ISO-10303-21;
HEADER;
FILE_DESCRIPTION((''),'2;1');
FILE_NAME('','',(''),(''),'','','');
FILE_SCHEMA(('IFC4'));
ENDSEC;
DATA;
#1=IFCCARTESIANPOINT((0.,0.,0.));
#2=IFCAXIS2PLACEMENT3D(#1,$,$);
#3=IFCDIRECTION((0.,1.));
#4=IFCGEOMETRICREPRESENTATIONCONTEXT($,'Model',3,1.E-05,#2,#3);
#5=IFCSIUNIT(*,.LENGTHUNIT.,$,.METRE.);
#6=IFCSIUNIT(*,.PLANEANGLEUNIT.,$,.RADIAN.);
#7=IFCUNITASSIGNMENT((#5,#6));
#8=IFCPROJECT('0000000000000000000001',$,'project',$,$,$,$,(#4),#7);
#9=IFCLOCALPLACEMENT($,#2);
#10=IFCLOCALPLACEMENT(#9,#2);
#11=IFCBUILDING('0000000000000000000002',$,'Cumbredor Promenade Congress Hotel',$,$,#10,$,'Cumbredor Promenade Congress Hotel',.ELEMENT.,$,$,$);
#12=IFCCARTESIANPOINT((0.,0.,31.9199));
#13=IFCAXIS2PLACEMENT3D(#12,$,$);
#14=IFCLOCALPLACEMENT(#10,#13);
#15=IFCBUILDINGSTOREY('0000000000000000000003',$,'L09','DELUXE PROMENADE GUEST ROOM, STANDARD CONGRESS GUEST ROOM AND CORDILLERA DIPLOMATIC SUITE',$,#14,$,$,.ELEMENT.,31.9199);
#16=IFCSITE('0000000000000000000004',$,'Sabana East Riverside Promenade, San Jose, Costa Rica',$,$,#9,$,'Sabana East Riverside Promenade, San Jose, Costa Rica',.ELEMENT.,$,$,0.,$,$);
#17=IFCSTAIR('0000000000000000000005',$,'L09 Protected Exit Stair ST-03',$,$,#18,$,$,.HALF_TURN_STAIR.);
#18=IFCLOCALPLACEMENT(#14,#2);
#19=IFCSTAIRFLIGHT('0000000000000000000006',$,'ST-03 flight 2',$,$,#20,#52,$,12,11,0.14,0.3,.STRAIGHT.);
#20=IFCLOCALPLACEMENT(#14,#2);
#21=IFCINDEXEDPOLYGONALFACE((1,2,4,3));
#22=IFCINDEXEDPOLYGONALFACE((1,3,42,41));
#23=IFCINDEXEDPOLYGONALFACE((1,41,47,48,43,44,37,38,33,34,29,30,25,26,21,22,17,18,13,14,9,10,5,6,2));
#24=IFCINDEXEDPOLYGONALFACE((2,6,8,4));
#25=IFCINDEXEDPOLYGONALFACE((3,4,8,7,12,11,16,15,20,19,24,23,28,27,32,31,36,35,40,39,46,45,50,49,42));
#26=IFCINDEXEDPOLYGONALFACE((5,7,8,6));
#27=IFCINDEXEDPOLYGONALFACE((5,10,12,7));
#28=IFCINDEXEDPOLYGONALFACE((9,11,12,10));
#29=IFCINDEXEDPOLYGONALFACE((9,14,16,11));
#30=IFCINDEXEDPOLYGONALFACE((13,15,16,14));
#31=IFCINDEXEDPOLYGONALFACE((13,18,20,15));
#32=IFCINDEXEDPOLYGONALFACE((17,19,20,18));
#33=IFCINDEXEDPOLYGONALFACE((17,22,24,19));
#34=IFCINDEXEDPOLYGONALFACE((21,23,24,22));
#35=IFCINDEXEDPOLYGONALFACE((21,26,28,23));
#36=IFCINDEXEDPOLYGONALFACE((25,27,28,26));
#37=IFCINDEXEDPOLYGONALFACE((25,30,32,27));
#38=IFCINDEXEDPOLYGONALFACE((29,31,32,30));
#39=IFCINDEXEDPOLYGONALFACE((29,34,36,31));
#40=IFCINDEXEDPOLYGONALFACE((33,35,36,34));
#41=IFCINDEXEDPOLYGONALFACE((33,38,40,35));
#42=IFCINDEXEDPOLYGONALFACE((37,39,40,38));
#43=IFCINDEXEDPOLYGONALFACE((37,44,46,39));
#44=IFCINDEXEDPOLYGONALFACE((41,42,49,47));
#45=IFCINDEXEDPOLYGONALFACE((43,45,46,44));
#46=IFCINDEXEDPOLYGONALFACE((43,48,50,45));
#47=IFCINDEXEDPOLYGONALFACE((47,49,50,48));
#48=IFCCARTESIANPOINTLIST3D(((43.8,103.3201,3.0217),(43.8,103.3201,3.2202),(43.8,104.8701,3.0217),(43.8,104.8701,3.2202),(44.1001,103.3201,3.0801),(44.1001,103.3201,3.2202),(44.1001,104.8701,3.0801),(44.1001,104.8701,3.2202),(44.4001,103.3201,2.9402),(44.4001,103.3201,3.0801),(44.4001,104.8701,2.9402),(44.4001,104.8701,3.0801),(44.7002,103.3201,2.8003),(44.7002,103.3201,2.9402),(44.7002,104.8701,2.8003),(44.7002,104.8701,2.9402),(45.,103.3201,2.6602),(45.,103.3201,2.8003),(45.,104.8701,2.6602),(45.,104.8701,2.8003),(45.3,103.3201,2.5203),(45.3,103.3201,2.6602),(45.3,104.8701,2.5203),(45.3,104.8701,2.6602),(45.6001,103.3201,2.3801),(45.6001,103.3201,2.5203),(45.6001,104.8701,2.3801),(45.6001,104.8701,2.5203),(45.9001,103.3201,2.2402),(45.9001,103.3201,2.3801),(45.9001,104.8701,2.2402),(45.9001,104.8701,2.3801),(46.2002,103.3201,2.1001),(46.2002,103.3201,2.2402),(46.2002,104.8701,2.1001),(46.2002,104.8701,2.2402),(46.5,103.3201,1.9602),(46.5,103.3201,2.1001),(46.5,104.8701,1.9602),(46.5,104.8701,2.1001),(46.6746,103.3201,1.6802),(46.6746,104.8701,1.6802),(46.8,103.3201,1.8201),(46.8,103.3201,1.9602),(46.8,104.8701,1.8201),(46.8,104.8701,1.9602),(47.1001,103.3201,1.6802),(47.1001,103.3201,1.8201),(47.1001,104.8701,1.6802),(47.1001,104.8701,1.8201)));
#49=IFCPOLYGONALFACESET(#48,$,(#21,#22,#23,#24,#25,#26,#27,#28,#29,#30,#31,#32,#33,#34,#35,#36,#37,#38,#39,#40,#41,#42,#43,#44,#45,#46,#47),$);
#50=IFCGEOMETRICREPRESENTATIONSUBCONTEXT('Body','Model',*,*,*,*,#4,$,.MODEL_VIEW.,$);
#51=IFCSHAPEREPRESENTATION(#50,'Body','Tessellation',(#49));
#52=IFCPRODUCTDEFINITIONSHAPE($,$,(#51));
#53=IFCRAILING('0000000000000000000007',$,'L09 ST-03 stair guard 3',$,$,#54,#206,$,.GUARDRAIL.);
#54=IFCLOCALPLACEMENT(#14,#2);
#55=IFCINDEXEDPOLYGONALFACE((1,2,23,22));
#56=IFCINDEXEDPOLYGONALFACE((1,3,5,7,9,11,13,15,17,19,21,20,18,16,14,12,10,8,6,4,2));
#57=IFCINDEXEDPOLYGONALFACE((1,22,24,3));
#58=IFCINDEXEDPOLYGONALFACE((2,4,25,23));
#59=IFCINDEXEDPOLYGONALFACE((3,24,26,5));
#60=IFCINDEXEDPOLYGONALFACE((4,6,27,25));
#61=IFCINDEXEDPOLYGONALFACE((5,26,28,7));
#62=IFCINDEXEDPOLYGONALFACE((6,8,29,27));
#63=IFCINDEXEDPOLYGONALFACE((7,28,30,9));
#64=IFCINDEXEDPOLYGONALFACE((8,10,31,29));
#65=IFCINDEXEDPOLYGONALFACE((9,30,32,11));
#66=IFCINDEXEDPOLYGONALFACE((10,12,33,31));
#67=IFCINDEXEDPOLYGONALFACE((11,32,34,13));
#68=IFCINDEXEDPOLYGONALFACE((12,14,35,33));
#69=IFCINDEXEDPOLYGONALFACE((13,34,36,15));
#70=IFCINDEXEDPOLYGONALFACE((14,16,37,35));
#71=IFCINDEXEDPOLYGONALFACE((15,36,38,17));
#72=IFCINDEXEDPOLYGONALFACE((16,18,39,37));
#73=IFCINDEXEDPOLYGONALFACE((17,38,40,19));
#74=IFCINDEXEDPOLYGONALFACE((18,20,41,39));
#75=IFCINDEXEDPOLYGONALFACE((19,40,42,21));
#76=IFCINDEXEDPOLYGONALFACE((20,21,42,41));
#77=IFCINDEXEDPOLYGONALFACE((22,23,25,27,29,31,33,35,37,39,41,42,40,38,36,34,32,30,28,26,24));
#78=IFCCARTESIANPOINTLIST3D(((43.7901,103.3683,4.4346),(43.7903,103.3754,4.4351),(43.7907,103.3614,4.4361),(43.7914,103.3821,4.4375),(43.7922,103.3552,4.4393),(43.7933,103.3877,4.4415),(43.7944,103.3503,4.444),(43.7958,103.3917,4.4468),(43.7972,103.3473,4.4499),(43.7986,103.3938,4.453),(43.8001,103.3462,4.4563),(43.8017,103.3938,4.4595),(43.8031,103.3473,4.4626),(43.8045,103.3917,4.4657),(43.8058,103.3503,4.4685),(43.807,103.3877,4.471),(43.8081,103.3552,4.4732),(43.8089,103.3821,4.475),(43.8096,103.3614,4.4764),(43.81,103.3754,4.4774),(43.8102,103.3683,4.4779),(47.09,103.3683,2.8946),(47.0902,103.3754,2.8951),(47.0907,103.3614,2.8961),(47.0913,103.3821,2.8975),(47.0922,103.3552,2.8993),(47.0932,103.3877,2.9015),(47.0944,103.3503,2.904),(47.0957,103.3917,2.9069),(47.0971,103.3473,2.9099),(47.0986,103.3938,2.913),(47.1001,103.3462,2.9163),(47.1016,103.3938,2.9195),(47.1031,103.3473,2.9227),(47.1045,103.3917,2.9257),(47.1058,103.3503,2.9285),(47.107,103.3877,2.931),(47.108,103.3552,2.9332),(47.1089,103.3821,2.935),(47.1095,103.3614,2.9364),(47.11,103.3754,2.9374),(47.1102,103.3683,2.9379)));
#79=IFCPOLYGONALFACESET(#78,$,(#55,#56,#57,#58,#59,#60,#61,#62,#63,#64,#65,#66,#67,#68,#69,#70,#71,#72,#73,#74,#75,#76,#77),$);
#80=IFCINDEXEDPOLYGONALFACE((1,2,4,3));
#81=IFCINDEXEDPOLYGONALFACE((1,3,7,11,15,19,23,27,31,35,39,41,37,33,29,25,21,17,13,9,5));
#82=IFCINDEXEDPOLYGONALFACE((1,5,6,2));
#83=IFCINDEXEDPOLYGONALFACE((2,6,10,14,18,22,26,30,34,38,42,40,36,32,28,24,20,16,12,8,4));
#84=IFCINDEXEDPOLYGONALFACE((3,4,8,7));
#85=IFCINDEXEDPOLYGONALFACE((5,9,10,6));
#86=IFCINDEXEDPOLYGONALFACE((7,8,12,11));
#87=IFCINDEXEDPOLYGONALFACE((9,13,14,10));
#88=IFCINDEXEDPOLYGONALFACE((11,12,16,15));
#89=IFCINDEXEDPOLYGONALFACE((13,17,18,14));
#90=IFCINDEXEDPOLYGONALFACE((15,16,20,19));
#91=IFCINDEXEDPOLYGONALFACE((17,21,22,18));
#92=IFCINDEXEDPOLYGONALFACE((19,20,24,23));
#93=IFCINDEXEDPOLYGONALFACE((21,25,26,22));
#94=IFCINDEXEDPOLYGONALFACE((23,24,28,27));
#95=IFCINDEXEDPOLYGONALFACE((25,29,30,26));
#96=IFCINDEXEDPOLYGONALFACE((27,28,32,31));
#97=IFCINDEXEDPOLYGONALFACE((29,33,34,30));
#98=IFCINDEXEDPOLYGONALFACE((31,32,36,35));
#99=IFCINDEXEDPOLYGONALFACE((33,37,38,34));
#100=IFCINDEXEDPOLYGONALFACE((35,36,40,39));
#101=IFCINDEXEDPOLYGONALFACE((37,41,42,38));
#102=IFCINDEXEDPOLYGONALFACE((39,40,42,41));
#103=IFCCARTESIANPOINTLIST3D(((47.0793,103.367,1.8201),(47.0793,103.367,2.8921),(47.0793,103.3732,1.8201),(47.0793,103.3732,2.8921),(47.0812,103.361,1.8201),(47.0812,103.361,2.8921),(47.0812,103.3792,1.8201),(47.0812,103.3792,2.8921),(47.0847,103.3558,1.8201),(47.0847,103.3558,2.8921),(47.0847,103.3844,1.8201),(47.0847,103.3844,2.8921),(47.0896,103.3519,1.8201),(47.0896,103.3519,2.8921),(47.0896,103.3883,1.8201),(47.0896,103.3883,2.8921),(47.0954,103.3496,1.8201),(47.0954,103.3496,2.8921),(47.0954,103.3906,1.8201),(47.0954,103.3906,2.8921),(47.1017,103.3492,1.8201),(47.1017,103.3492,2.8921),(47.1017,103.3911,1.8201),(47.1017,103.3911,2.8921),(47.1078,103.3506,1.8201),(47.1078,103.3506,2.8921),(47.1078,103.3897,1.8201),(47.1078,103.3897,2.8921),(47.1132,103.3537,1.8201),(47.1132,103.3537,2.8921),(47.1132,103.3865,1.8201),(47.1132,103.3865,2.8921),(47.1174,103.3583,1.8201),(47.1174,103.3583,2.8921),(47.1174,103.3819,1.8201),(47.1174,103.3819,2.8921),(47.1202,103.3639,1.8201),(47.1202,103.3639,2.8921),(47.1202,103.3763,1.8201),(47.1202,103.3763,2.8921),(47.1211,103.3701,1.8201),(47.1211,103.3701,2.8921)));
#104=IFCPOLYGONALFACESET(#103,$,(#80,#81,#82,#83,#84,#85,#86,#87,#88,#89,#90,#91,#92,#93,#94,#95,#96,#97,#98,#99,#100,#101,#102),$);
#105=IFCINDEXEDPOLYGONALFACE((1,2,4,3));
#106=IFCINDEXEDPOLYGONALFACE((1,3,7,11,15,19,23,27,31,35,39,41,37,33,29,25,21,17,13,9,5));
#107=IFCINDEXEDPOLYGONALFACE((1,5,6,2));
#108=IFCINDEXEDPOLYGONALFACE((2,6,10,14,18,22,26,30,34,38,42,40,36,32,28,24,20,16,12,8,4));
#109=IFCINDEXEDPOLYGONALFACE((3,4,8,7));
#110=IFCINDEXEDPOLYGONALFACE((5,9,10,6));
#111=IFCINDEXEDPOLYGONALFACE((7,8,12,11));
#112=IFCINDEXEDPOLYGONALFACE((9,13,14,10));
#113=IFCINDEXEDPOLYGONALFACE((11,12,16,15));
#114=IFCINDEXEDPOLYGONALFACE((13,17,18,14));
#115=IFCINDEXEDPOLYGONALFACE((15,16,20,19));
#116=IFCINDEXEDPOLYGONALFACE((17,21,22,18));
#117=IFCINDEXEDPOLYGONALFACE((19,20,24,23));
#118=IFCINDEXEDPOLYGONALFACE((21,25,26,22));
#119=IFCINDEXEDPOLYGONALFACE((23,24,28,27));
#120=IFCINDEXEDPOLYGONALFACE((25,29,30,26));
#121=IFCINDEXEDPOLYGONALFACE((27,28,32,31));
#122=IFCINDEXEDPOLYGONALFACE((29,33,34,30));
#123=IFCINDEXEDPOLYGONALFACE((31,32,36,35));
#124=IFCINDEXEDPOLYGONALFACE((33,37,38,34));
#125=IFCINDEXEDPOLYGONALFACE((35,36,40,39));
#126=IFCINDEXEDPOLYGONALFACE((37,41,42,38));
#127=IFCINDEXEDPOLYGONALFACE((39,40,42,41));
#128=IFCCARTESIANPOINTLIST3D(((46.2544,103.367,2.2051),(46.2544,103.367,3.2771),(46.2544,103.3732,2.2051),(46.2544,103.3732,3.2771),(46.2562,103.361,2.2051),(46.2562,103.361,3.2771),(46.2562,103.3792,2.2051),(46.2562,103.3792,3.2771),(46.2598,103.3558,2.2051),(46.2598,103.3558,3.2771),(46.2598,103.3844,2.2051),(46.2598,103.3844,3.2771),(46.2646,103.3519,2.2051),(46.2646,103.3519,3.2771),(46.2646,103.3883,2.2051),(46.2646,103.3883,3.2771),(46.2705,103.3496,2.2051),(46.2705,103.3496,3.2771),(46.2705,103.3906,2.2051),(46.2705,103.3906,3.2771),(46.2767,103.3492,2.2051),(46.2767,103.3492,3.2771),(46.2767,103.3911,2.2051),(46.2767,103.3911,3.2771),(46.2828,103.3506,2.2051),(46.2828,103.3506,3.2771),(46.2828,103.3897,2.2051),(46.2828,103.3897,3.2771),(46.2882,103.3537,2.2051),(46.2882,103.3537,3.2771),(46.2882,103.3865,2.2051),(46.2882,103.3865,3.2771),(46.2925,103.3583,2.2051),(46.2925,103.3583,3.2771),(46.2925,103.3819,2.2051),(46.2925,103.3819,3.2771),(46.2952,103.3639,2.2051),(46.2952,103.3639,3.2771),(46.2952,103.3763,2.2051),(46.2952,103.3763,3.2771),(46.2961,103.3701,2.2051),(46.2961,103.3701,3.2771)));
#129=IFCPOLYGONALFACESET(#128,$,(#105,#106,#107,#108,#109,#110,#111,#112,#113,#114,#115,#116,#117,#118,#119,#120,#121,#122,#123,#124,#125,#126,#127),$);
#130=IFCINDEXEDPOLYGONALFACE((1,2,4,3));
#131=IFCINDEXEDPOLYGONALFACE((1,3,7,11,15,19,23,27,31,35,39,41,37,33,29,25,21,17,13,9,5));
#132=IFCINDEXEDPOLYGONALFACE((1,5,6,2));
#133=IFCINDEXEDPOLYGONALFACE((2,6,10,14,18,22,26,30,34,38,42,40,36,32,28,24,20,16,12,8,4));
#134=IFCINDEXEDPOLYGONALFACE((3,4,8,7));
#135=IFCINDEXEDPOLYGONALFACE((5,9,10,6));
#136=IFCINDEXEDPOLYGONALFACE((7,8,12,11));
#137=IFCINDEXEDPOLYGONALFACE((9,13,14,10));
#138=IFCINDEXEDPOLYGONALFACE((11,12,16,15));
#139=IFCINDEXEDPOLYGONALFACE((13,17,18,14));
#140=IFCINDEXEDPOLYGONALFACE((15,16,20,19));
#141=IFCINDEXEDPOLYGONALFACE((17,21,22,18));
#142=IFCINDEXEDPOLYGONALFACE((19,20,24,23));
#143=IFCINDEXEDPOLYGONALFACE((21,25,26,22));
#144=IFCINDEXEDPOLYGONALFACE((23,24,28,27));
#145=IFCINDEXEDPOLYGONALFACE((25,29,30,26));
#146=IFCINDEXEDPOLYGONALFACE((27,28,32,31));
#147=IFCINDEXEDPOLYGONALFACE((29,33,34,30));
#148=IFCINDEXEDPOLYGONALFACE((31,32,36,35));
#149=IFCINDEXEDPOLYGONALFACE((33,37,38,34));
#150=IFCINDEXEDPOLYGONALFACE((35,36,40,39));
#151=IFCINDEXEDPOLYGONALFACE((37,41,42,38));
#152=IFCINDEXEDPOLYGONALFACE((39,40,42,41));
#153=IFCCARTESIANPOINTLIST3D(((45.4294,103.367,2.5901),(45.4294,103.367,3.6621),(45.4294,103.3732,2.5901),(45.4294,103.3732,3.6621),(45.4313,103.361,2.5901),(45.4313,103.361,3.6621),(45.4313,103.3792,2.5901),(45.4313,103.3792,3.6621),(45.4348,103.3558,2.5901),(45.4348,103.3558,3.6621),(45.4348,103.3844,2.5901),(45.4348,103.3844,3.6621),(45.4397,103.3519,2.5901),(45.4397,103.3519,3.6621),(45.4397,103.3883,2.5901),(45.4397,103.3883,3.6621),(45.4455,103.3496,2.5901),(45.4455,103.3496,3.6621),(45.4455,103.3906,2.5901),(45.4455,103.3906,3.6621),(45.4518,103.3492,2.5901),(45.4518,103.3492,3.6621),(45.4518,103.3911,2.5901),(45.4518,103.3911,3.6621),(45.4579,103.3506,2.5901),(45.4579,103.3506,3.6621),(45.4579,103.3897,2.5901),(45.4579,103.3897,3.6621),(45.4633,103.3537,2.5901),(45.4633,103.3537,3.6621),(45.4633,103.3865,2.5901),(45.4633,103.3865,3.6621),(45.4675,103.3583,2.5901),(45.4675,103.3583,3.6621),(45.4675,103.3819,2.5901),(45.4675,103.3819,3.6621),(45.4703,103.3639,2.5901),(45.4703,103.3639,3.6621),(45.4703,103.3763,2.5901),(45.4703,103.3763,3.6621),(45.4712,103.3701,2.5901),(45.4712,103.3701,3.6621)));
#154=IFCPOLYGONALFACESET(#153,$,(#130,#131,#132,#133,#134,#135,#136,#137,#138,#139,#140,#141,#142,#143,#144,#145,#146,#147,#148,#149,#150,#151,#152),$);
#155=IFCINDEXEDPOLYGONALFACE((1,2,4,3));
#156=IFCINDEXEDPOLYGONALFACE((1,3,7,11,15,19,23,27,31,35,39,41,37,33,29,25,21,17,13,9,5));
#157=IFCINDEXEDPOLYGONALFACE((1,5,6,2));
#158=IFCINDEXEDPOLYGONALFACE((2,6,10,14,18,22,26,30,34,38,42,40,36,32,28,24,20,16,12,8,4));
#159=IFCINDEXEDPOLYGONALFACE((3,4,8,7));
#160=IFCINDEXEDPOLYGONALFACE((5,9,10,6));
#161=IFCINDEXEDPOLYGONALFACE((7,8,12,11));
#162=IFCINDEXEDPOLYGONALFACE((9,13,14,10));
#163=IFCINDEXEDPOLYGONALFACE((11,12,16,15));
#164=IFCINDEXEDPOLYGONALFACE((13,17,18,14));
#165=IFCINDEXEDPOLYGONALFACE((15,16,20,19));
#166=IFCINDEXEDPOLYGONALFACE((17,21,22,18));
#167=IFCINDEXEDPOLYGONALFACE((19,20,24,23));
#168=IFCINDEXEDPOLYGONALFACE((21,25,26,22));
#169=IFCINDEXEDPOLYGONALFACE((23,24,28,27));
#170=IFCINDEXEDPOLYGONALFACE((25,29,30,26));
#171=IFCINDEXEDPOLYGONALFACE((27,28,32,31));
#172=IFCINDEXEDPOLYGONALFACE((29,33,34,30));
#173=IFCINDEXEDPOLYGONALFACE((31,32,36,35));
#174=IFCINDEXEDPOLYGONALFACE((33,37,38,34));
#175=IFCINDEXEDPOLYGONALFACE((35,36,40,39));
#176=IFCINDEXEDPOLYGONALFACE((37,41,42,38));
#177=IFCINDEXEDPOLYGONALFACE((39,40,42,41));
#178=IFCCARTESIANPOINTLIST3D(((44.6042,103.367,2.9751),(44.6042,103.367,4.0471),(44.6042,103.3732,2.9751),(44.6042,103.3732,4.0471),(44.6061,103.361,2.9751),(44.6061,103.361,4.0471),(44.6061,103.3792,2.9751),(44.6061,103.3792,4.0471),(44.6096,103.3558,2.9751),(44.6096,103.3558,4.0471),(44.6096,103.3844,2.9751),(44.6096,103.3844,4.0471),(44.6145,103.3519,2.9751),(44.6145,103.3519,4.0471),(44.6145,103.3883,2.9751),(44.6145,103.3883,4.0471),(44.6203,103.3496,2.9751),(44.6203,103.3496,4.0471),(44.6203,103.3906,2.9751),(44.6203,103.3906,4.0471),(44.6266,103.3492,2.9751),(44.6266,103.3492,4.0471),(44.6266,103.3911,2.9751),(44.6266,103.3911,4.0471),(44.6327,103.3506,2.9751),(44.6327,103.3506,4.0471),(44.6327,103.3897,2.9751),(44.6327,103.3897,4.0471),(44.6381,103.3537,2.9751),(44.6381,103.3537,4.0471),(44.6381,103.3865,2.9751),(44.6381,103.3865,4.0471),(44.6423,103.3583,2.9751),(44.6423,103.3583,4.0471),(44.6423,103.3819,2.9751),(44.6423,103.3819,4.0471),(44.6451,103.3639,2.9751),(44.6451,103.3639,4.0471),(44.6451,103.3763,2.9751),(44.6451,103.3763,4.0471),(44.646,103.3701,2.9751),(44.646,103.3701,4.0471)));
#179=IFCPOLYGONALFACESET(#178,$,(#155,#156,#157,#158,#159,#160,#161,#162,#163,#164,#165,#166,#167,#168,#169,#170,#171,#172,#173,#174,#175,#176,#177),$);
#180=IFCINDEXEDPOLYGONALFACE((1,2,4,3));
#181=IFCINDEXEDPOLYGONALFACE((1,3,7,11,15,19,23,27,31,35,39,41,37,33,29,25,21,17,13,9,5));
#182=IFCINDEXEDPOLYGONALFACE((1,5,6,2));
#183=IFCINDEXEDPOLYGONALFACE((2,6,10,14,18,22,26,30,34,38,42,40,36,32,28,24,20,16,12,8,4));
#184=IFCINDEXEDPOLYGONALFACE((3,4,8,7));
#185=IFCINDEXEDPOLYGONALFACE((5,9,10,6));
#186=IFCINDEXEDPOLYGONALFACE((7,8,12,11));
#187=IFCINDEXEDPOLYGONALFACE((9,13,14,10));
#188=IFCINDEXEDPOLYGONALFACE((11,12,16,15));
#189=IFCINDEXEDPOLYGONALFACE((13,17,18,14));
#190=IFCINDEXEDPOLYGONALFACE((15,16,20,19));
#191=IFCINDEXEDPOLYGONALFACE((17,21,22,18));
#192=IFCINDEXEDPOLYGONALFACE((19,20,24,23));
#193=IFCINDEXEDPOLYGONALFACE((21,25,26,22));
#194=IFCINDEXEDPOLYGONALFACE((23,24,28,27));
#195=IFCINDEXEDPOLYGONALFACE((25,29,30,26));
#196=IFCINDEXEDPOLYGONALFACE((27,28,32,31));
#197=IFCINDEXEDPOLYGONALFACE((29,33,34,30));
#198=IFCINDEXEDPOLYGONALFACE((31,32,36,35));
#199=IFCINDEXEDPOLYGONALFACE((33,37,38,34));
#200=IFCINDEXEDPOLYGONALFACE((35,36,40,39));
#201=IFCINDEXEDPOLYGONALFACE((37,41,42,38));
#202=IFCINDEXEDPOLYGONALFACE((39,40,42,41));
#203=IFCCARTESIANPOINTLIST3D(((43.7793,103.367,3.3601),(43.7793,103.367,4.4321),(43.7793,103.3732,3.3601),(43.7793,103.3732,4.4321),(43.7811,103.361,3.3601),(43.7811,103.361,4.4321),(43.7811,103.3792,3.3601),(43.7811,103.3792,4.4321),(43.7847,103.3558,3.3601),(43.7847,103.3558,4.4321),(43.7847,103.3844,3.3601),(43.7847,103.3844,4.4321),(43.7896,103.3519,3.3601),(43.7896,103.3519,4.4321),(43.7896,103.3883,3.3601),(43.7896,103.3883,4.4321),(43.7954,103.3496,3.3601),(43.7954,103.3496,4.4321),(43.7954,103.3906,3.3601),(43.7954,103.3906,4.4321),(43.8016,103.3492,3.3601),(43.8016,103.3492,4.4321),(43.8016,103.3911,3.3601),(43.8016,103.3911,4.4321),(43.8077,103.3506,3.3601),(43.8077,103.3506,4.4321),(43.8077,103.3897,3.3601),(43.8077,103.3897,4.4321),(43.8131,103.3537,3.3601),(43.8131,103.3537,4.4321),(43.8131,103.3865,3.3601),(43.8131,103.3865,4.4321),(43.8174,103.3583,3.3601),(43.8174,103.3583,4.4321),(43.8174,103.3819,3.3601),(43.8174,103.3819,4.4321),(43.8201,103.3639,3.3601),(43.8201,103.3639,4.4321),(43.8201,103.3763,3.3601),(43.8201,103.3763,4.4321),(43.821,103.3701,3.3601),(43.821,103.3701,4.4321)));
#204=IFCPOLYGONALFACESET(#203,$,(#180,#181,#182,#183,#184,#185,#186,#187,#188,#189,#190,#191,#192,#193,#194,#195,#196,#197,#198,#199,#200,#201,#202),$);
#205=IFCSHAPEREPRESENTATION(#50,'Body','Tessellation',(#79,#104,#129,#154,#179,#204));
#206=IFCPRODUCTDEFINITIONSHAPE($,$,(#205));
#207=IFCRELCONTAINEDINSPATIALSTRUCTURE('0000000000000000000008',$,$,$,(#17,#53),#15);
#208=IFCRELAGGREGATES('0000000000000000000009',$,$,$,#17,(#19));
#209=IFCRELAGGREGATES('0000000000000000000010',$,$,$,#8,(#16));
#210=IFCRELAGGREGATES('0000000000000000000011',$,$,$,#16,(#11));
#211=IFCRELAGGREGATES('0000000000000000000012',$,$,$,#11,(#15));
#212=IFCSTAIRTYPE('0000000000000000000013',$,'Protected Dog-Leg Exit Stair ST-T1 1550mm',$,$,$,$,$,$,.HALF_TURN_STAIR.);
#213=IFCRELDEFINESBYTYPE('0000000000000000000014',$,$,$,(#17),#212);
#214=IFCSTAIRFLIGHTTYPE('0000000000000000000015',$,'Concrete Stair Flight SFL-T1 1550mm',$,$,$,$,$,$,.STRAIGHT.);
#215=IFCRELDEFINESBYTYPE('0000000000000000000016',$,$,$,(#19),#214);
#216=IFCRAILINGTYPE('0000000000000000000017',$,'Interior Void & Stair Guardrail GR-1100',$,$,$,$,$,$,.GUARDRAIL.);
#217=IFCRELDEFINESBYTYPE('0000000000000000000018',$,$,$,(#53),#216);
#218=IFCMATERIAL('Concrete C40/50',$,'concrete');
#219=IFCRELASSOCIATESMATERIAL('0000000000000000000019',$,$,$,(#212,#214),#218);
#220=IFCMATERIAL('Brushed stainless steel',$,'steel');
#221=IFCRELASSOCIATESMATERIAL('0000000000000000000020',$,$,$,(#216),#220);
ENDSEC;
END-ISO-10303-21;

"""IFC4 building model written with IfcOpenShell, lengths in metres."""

from ifc_helpers import new_model, si_unit, direction, frame, origin, origin_2d, place, context, subcontext, project, spatial, polyline, circle, outline, extrude, material, type_object, element, aggregate, save


model = new_model("IFC4")

# Units and contexts
model_context = context("Model", 3, precision=1e-05, world=origin(), true_north=direction((0.0, 1.0)))
body_context = subcontext(model_context, "Body", "Model", "MODEL_VIEW")
ifc_project = project(units=[si_unit("LENGTHUNIT", "METRE"), si_unit("PLANEANGLEUNIT", "RADIAN")], contexts=[model_context])

# Site, building, storey
site_placement = place(None, origin())
site = spatial("IfcSite", under=ifc_project, at=site_placement, Name="Sabana East Riverside Promenade, San Jose, Costa Rica", LongName="Sabana East Riverside Promenade, San Jose, Costa Rica", CompositionType="ELEMENT", RefElevation=0.0)
building_placement = place(site_placement, origin())
building = spatial("IfcBuilding", under=site, at=building_placement, Name="Cumbredor Promenade Congress Hotel", LongName="Cumbredor Promenade Congress Hotel", CompositionType="ELEMENT")
storey_placement = place(building_placement, frame((0.0, 0.0, 31.9199)))
storey = spatial("IfcBuildingStorey", under=building, at=storey_placement, Name="L09", Description="DELUXE PROMENADE GUEST ROOM, STANDARD CONGRESS GUEST ROOM AND CORDILLERA DIPLOMATIC SUITE", CompositionType="ELEMENT", Elevation=31.9199)

# Shared definitions
ifc_material_1 = material(Name="Concrete C40/50", Category="concrete")
ifc_material_2 = material(Name="Brushed stainless steel", Category="steel")

# Stair, stair flight
stair_type = type_object("IfcStairType", Name="Protected Dog-Leg Exit Stair ST-T1 1550mm", PredefinedType="HALF_TURN_STAIR", material=ifc_material_1)
stair_placement = place(storey_placement, origin())
stair = element("IfcStair", 1, at=stair_placement, inside=storey, type_object=stair_type, Name="L09 Protected Exit Stair ST-03", PredefinedType="HALF_TURN_STAIR")
stair_flight_type = type_object("IfcStairFlightType", Name="Concrete Stair Flight SFL-T1 1550mm", PredefinedType="STRAIGHT", material=ifc_material_1)
stair_flight_placement = place(storey_placement, frame((47.1001, 104.095, 1.6802), z_axis=(0.0, 0.0, 1.0), x_axis=(-1.0, 0.0, 0.0)))
stair_flight = element("IfcStairFlight", 2, at=stair_flight_placement, type_object=stair_flight_type, Name="ST-03 flight 2", NumberOfRisers=12, NumberOfTreads=11, PredefinedType="STRAIGHT", RiserHeight=0.14, TreadLength=0.3, context=body_context, shape_type="SweptSolid", body=[
    extrude(outline(polyline([(0.0, 0.0), (0.0, 0.1399), (0.3, 0.1399), (0.3, 0.28), (0.6001, 0.28), (0.6001, 0.4199), (0.8999, 0.4199), (0.8999, 0.5601), (1.2, 0.5601), (1.2, 0.7), (1.5, 0.7), (1.5, 0.8401), (1.8, 0.8401), (1.8, 0.98), (2.1001, 0.98), (2.1001, 1.1201), (2.3999, 1.1201), (2.3999, 1.26), (2.7, 1.26), (2.7, 1.3999), (3.0, 1.3999), (3.0, 1.54), (3.3, 1.54), (3.3, 1.6799), (3.3, 1.3416), (0.4255, 0.0), (0.0, 0.0)])), frame((0.0, 0.7749, 0.0), z_axis=(0.0, -1.0, 0.0), x_axis=(1.0, 0.0, 0.0)), (0.0, 0.0, 1.0), 1.55),
])
aggregate(stair, [stair_flight])

# Railing
railing_type_1 = type_object("IfcRailingType", Name="Interior Void & Stair Guardrail GR-1100", PredefinedType="GUARDRAIL", material=ifc_material_2)
railing_1_placement = place(storey_placement, frame((47.1001, 103.3701, 1.8201)))
element("IfcRailing", 3, at=railing_1_placement, inside=storey, type_object=railing_type_1, Name="L09 ST-03 stair guard 3", PredefinedType="GUARDRAIL", context=body_context, shape_type="SweptSolid", body=[
    extrude(circle(Radius=0.0239, at=origin_2d()), frame((0.0, 0.0, 1.0962), z_axis=(-0.906181, 0.0, 0.422889), x_axis=(0.0, -1.0, 0.0)), (0.0, 0.0, 1.0), 3.6416),
    extrude(circle(Radius=0.021, at=origin_2d()), origin(), (0.0, 0.0, 1.0), 1.072),
    extrude(circle(Radius=0.021, at=origin_2d()), frame((-0.825, 0.0, 0.385)), (0.0, 0.0, 1.0), 1.072),
    extrude(circle(Radius=0.021, at=origin_2d()), frame((-1.6499, 0.0, 0.77)), (0.0, 0.0, 1.0), 1.072),
    extrude(circle(Radius=0.021, at=origin_2d()), frame((-2.4751, 0.0, 1.155)), (0.0, 0.0, 1.0), 1.072),
    extrude(circle(Radius=0.021, at=origin_2d()), frame((-3.3, 0.0, 1.54)), (0.0, 0.0, 1.0), 1.072),
])

save(model, "model.ifc")
